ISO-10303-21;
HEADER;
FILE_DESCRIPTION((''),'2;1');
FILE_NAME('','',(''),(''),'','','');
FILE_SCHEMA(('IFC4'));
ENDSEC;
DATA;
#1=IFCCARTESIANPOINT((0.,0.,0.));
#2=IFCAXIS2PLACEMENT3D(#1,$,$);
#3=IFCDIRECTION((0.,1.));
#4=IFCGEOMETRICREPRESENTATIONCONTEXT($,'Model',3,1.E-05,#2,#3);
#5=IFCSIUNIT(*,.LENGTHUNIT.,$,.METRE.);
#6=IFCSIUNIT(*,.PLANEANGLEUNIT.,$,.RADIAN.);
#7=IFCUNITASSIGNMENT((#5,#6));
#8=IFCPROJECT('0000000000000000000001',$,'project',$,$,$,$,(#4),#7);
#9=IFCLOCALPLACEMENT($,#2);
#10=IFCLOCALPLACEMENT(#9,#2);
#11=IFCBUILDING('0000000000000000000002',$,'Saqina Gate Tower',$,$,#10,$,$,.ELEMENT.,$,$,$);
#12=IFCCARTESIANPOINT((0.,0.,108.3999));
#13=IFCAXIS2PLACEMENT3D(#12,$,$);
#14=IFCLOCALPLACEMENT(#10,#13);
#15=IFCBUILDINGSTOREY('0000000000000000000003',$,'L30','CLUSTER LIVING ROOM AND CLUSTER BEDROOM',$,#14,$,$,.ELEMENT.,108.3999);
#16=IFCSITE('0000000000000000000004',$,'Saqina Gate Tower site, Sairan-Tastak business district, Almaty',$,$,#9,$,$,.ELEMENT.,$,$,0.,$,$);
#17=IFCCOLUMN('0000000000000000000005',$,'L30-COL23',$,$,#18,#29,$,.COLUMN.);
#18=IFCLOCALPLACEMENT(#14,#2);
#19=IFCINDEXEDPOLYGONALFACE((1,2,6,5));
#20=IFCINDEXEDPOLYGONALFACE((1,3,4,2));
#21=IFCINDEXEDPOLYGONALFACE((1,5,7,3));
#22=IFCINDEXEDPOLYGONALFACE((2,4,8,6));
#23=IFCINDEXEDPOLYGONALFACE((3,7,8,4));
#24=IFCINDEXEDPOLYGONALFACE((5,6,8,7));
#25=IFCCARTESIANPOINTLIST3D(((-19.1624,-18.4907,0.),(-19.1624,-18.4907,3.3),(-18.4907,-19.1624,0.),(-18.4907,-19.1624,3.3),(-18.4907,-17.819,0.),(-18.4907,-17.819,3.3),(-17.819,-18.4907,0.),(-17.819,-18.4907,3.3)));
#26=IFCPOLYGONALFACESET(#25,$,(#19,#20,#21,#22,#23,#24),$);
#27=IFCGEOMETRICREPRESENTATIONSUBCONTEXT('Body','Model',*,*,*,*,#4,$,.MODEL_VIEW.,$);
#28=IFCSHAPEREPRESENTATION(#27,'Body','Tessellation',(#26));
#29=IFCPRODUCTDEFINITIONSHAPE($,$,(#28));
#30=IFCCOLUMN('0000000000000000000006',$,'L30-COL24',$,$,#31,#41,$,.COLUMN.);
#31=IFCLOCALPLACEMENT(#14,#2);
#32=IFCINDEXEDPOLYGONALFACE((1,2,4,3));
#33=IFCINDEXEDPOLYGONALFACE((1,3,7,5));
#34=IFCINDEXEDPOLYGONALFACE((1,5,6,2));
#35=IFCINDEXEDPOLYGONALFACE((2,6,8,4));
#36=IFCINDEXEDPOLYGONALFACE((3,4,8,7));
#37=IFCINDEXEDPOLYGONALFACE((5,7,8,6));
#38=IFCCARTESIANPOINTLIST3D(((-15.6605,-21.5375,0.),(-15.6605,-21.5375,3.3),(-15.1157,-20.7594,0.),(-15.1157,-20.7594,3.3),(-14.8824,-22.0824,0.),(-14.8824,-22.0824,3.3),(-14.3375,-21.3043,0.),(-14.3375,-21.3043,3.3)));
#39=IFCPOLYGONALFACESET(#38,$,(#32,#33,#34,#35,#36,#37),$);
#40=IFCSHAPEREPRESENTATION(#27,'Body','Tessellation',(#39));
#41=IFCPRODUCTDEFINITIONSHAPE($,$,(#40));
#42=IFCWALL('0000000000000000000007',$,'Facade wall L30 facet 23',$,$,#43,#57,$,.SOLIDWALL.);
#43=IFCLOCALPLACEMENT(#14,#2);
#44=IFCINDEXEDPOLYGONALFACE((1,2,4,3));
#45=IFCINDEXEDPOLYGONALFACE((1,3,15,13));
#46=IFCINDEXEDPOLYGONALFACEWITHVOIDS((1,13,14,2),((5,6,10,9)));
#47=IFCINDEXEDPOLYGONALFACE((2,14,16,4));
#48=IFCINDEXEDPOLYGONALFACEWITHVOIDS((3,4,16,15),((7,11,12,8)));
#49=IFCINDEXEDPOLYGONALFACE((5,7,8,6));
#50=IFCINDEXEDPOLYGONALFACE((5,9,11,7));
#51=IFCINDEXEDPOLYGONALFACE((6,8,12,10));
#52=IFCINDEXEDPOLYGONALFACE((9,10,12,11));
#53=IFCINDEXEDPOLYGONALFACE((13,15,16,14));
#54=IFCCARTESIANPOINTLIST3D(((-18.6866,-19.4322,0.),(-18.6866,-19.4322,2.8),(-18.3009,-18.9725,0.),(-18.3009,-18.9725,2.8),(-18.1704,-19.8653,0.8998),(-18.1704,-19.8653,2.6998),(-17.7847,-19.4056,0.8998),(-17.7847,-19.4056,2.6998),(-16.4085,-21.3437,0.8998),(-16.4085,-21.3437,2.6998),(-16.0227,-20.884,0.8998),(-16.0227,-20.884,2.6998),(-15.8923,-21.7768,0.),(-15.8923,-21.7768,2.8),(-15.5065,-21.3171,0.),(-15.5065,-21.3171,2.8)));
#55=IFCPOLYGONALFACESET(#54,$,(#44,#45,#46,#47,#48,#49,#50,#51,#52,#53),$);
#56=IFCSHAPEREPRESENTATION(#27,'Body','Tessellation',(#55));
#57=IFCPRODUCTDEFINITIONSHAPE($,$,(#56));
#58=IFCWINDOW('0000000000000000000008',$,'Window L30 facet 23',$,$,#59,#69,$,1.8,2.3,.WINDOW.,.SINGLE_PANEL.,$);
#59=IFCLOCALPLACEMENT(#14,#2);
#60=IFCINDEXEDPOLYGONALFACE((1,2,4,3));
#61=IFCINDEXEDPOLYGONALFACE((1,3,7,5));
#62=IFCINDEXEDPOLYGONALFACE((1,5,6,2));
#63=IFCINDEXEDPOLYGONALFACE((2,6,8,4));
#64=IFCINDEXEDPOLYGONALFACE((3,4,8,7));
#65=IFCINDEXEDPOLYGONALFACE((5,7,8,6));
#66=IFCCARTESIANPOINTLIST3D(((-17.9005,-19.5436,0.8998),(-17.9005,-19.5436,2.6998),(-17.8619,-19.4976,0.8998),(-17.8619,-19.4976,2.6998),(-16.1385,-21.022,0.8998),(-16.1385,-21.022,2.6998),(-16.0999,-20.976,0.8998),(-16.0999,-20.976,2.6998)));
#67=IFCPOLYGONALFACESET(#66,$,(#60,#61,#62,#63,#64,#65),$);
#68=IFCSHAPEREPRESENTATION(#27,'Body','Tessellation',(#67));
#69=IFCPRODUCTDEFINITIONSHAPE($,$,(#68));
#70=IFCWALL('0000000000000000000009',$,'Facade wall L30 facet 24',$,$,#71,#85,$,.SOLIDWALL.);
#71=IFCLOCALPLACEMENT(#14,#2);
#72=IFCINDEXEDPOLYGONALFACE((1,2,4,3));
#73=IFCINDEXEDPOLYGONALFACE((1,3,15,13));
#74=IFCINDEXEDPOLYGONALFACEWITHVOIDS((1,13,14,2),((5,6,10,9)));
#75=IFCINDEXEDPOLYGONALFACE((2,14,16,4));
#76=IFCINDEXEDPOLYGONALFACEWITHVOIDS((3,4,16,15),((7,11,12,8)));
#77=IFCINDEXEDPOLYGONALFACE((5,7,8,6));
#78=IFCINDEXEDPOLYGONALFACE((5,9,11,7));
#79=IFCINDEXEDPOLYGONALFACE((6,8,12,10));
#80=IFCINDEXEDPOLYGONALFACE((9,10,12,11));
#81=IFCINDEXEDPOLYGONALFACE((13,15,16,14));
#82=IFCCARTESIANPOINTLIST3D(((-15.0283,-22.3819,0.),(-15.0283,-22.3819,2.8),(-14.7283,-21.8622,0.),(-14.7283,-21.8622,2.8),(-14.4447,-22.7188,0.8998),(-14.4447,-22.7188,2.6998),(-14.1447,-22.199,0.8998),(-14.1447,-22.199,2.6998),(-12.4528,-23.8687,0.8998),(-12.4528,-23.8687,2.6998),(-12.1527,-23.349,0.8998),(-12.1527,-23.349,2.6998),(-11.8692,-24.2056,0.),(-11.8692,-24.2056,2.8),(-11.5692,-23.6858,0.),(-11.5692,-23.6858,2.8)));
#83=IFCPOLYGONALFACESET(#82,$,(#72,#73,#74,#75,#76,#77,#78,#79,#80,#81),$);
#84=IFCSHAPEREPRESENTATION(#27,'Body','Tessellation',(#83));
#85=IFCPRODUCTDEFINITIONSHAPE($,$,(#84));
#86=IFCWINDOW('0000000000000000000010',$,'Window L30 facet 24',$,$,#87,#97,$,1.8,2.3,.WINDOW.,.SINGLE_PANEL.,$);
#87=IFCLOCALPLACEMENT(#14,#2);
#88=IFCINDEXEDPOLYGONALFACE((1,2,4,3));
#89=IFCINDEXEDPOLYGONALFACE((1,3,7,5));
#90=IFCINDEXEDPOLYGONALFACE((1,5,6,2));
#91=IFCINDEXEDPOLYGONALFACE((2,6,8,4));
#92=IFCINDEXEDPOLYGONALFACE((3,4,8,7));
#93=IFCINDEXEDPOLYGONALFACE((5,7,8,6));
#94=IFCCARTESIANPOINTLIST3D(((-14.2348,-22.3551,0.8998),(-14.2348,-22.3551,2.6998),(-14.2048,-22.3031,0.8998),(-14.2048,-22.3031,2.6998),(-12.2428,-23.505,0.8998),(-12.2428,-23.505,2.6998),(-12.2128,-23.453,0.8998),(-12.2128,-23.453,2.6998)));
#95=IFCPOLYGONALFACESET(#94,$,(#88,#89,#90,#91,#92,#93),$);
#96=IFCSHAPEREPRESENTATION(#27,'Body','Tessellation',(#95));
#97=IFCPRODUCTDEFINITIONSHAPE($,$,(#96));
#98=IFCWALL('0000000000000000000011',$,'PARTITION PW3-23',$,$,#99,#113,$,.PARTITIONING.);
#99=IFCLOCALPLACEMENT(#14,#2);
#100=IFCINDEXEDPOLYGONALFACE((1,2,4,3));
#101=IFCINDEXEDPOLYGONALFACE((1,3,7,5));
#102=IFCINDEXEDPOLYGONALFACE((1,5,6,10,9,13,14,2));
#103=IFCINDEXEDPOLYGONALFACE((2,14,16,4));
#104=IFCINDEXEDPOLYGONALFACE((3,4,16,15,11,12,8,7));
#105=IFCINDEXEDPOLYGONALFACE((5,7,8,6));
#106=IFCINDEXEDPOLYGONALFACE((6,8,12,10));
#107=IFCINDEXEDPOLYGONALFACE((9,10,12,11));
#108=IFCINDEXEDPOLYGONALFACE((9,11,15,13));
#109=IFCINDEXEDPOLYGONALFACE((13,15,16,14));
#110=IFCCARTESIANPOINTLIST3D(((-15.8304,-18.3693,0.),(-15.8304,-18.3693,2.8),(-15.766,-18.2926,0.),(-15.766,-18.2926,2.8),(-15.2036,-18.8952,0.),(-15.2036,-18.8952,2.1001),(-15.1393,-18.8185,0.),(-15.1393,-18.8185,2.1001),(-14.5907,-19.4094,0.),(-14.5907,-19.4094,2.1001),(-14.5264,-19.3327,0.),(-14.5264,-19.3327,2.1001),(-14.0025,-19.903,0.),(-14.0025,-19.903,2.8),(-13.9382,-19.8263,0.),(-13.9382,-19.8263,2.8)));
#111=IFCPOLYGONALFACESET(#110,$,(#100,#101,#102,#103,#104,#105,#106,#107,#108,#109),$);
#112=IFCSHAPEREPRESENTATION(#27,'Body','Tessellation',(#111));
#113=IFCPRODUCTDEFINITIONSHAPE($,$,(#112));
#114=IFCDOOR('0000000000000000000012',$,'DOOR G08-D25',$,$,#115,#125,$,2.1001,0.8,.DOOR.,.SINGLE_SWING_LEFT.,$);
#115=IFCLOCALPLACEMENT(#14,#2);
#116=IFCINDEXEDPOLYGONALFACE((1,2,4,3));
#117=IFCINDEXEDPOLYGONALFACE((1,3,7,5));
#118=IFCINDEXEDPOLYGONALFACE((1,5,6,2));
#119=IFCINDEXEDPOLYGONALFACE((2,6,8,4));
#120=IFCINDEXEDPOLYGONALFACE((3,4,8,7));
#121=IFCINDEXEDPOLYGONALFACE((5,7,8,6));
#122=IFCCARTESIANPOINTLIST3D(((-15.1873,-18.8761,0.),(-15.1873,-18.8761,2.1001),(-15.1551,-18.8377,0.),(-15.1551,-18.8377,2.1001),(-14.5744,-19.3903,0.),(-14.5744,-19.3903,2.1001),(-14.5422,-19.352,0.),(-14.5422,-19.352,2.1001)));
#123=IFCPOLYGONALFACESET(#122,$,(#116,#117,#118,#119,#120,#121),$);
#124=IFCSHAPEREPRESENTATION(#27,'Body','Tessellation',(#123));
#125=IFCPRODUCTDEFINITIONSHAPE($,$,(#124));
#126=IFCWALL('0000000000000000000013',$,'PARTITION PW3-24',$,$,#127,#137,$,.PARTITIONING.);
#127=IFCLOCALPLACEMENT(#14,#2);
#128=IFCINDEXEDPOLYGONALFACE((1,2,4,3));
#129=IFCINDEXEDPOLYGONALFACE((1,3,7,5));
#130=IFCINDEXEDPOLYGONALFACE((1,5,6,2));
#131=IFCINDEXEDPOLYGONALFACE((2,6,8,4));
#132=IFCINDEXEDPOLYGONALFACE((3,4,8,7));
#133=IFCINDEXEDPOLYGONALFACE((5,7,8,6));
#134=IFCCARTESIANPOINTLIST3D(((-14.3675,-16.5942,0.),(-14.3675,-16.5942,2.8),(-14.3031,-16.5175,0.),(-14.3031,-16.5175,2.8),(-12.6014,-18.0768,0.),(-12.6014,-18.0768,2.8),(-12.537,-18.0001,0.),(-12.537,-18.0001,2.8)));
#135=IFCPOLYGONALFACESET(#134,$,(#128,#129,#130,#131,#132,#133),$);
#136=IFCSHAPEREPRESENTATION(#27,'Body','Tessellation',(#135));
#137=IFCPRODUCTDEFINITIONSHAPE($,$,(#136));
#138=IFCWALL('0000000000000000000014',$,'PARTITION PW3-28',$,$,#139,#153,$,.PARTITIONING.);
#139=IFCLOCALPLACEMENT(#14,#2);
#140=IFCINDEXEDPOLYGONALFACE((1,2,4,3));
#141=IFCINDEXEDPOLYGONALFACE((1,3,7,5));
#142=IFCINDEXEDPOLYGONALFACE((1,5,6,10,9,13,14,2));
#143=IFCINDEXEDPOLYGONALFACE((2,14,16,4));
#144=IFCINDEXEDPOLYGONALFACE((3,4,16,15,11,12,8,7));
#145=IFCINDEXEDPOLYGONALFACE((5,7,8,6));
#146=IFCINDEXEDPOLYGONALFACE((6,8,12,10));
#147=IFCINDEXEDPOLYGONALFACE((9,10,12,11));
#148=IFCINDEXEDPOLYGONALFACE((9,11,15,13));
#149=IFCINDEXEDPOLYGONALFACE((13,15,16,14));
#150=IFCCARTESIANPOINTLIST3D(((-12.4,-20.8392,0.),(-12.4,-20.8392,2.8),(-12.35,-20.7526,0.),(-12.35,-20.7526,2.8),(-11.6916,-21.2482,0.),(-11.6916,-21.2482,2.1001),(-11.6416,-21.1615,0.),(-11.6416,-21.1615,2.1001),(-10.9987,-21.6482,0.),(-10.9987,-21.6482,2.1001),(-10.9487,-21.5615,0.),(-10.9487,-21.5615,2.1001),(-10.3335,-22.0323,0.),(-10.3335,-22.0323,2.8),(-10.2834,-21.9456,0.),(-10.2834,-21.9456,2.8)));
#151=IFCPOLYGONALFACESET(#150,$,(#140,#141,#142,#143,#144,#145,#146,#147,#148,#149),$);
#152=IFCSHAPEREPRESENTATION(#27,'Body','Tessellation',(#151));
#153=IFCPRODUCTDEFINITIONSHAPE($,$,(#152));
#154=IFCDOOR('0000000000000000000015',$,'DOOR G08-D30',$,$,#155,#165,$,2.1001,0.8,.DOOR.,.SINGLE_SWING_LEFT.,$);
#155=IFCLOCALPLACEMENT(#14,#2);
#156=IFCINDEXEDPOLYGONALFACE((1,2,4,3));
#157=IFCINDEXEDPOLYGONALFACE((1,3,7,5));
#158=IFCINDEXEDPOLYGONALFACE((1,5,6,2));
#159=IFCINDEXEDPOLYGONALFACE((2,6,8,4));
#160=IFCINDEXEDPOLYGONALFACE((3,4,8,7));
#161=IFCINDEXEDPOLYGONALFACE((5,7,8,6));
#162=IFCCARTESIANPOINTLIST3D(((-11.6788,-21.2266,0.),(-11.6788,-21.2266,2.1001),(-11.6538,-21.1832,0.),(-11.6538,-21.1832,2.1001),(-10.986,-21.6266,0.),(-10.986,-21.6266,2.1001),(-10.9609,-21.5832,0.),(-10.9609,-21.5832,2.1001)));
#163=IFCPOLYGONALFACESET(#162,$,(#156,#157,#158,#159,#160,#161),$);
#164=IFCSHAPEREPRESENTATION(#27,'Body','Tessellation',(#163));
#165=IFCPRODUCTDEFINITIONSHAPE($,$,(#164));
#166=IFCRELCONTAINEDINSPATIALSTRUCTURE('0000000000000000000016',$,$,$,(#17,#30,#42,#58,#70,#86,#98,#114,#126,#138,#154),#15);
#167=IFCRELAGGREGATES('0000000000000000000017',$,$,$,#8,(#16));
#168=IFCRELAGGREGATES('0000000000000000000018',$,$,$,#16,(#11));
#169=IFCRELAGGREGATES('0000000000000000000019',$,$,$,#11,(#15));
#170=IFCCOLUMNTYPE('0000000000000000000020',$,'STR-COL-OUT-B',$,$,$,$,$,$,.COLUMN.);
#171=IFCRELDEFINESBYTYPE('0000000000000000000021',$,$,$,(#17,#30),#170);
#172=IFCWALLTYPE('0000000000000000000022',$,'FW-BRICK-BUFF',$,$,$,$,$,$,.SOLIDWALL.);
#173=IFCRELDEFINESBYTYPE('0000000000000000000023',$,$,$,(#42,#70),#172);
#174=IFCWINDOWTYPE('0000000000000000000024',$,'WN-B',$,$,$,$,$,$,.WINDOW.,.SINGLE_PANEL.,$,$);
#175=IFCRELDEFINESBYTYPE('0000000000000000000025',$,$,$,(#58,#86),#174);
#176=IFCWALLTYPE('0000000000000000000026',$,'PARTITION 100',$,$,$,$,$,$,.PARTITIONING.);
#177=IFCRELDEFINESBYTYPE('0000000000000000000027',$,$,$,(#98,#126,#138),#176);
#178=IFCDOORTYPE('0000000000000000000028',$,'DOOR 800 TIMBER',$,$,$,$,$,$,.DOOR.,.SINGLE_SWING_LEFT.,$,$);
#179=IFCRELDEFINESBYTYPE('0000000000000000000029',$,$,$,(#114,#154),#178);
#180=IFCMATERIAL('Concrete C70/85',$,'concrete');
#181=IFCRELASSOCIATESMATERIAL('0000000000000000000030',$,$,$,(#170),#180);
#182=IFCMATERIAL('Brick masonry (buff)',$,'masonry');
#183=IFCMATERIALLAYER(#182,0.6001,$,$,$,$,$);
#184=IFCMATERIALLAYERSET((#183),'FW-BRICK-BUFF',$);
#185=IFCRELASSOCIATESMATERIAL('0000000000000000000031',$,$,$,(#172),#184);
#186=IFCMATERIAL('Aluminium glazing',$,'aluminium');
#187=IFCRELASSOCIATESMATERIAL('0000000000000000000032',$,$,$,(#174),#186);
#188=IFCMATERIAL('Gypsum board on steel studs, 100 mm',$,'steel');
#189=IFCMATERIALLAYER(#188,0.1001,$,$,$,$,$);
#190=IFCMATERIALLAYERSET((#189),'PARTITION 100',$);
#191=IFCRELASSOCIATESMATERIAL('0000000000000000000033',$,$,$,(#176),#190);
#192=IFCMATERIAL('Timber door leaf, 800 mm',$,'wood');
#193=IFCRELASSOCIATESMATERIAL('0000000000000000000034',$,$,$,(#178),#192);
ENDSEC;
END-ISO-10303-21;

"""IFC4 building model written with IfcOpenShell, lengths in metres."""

from ifc_helpers import new_model, si_unit, direction, frame, frame_2d, origin, origin_2d, place, context, subcontext, project, spatial, rectangle, extrude, material, layer, layer_set, material_profile, profile_set, type_object, element, fill, save


model = new_model("IFC4")

# Units and contexts
model_context = context("Model", 3, precision=1e-05, world=origin(), true_north=direction((0.0, 1.0)))
body_context = subcontext(model_context, "Body", "Model", "MODEL_VIEW")
ifc_project = project(units=[si_unit("LENGTHUNIT", "METRE"), si_unit("PLANEANGLEUNIT", "RADIAN")], contexts=[model_context])

# Site, building, storey
site_placement = place(None, origin())
site = spatial("IfcSite", under=ifc_project, at=site_placement, Name="Saqina Gate Tower site, Sairan-Tastak business district, Almaty", CompositionType="ELEMENT", RefElevation=0.0)
building_placement = place(site_placement, origin())
building = spatial("IfcBuilding", under=site, at=building_placement, Name="Saqina Gate Tower", CompositionType="ELEMENT")
storey_placement = place(building_placement, frame((0.0, 0.0, 108.3999)))
storey = spatial("IfcBuildingStorey", under=building, at=storey_placement, Name="L30", Description="CLUSTER LIVING ROOM AND CLUSTER BEDROOM", CompositionType="ELEMENT", Elevation=108.3999)

# Columns
ifc_material_1 = material(Name="Concrete C70/85", Category="concrete")
ifc_material_profile = material_profile(ifc_material_1, rectangle(XDim=0.95, YDim=0.95, at=origin_2d()), Name="RC 950x950")
ifc_profile_set = profile_set([ifc_material_profile], Name="Concrete C70/85")
column_type = type_object("IfcColumnType", Name="STR-COL-OUT-B", PredefinedType="COLUMN", material=ifc_profile_set)
for number, where, z_axis, x_axis, name in (
    (1, (-18.4907, -18.4907, 0.0), (0.0, 0.0, 1.0), (-0.707107, -0.707107, 0.0), "L30-COL23"),
    (2, (-14.999, -21.4209, 0.0), (0.0, 0.0, 1.0), (-0.573576, -0.819152, 0.0), "L30-COL24"),
):
    element("IfcColumn", number, at=place(storey_placement, frame(where, z_axis=z_axis, x_axis=x_axis)), inside=storey, type_object=column_type, Name=name, PredefinedType="COLUMN", context=body_context, shape_type="SweptSolid", body=[
        extrude(rectangle(XDim=0.95, YDim=0.95, at=origin_2d()), origin(), (0.0, 0.0, 1.0), 3.3),
    ])

# Walls, openings, windows
ifc_material_2 = material(Name="Brick masonry (buff)", Category="masonry")
ifc_layer_1 = layer(ifc_material_2, 0.6001)
ifc_layer_set_1 = layer_set([ifc_layer_1], Name="FW-BRICK-BUFF")
wall_type_1 = type_object("IfcWallType", Name="FW-BRICK-BUFF", PredefinedType="SOLIDWALL", material=ifc_layer_set_1)
wall_1_placement = place(storey_placement, frame((-18.4937, -19.2024, 0.0), z_axis=(0.0, 0.0, 1.0), x_axis=(0.766055, -0.642774, 0.0)))
wall_1 = element("IfcWall", 3, at=wall_1_placement, inside=storey, type_object=wall_type_1, Name="Facade wall L30 facet 23", PredefinedType="SOLIDWALL", context=body_context, shape_type="SweptSolid", body=[
    extrude(rectangle(XDim=3.6477, YDim=0.6001, at=frame_2d((1.8237, 0.0))), origin(), (0.0, 0.0, 1.0), 2.8),
])
opening_1_placement = place(wall_1_placement, frame((0.6738, 0.0, 0.8999)))
opening_1 = element("IfcOpeningElement", 4, at=opening_1_placement, cuts=wall_1, PredefinedType="OPENING", context=body_context, shape_type="SweptSolid", body=[
    extrude(rectangle(XDim=2.3, YDim=1.8, at=frame_2d((1.1499, 0.8999))), frame((0.0, 0.312, 0.0), z_axis=(0.0, -1.0, 0.0), x_axis=(1.0, 0.0, 0.0)), (0.0, 0.0, 1.0), 0.624),
])
ifc_material_3 = material(Name="Aluminium glazing", Category="aluminium")
window_type = type_object("IfcWindowType", Name="WN-B", PartitioningType="SINGLE_PANEL", PredefinedType="WINDOW", material=ifc_material_3)
window_1_placement = place(opening_1_placement, origin())
window_1 = element("IfcWindow", 5, at=window_1_placement, inside=storey, type_object=window_type, Name="Window L30 facet 23", OverallHeight=1.8, OverallWidth=2.3, PartitioningType="SINGLE_PANEL", PredefinedType="WINDOW", context=body_context, shape_type="SweptSolid", body=[
    extrude(rectangle(XDim=2.3, YDim=1.8, at=frame_2d((1.1499, 0.8999))), frame((0.0, 0.1799, 0.0), z_axis=(0.0, -1.0, 0.0), x_axis=(1.0, 0.0, 0.0)), (0.0, 0.0, 1.0), 0.0601),
])
fill(opening_1, window_1)
wall_2_placement = place(storey_placement, frame((-14.8782, -22.1221, 0.0), z_axis=(0.0, 0.0, 1.0), x_axis=(0.866052, -0.499954, 0.0)))
wall_2 = element("IfcWall", 6, at=wall_2_placement, inside=storey, type_object=wall_type_1, Name="Facade wall L30 facet 24", PredefinedType="SOLIDWALL", context=body_context, shape_type="SweptSolid", body=[
    extrude(rectangle(XDim=3.6477, YDim=0.6001, at=frame_2d((1.8237, 0.0))), origin(), (0.0, 0.0, 1.0), 2.8),
])
opening_2_placement = place(wall_2_placement, frame((0.6738, 0.0, 0.8999)))
opening_2 = element("IfcOpeningElement", 7, at=opening_2_placement, cuts=wall_2, PredefinedType="OPENING", context=body_context, shape_type="SweptSolid", body=[
    extrude(rectangle(XDim=2.3, YDim=1.8, at=frame_2d((1.1499, 0.8999))), frame((0.0, 0.312, 0.0), z_axis=(0.0, -1.0, 0.0), x_axis=(1.0, 0.0, 0.0)), (0.0, 0.0, 1.0), 0.624),
])
window_2_placement = place(opening_2_placement, origin())
window_2 = element("IfcWindow", 8, at=window_2_placement, inside=storey, type_object=window_type, Name="Window L30 facet 24", OverallHeight=1.8, OverallWidth=2.3, PartitioningType="SINGLE_PANEL", PredefinedType="WINDOW", context=body_context, shape_type="SweptSolid", body=[
    extrude(rectangle(XDim=2.3, YDim=1.8, at=frame_2d((1.1499, 0.8999))), frame((0.0, 0.1799, 0.0), z_axis=(0.0, -1.0, 0.0), x_axis=(1.0, 0.0, 0.0)), (0.0, 0.0, 1.0), 0.0601),
])
fill(opening_2, window_2)

# Wall, opening, door
ifc_material_4 = material(Name="Gypsum board on steel studs, 100 mm", Category="steel")
ifc_layer_2 = layer(ifc_material_4, 0.1001)
ifc_layer_set_2 = layer_set([ifc_layer_2], Name="PARTITION 100")
wall_type_2 = type_object("IfcWallType", Name="PARTITION 100", PredefinedType="PARTITIONING", material=ifc_layer_set_2)
wall_3_placement = place(storey_placement, frame((-15.7981, -18.3311, 0.0), z_axis=(0.0, 0.0, 1.0), x_axis=(0.766062, -0.642767, 0.0)))
wall_3 = element("IfcWall", 9, at=wall_3_placement, inside=storey, type_object=wall_type_2, Name="PARTITION PW3-23", PredefinedType="PARTITIONING", context=body_context, shape_type="SweptSolid", body=[
    extrude(rectangle(XDim=2.386, YDim=0.1001, at=frame_2d((1.1929, 0.0))), origin(), (0.0, 0.0, 1.0), 2.8),
])
opening_3_placement = place(wall_3_placement, frame((0.8181, 0.0, 0.0)))
opening_3 = element("IfcOpeningElement", 10, at=opening_3_placement, cuts=wall_3, PredefinedType="OPENING", context=body_context, shape_type="SweptSolid", body=[
    extrude(rectangle(XDim=0.8, YDim=2.1001, at=frame_2d((0.3999, 1.05))), frame((0.0, 0.062, 0.0), z_axis=(0.0, -1.0, 0.0), x_axis=(1.0, 0.0, 0.0)), (0.0, 0.0, 1.0), 0.124),
])
ifc_material_5 = material(Name="Timber door leaf, 800 mm", Category="wood")
door_type_1 = type_object("IfcDoorType", Name="DOOR 800 TIMBER", OperationType="SINGLE_SWING_LEFT", PredefinedType="DOOR", material=ifc_material_5)
door_1_placement = place(opening_3_placement, frame((0.8, 0.0, 0.0), z_axis=(0.0, 0.0, 1.0), x_axis=(-1.0, 0.0, 0.0)))
door_1 = element("IfcDoor", 11, at=door_1_placement, inside=storey, type_object=door_type_1, Name="DOOR G08-D25", OperationType="SINGLE_SWING_LEFT", OverallHeight=2.1001, OverallWidth=0.8, PredefinedType="DOOR", context=body_context, shape_type="SweptSolid", body=[
    extrude(rectangle(XDim=0.8, YDim=2.1001, at=frame_2d((0.3999, 1.05))), frame((0.0, 0.0249, 0.0), z_axis=(0.0, -1.0, 0.0), x_axis=(1.0, 0.0, 0.0)), (0.0, 0.0, 1.0), 0.05),
])
fill(opening_3, door_1)

# Wall
wall_4_placement = place(storey_placement, frame((-14.3352, -16.5559, 0.0), z_axis=(0.0, 0.0, 1.0), x_axis=(0.76589, -0.642971, 0.0)))
element("IfcWall", 12, at=wall_4_placement, inside=storey, type_object=wall_type_2, Name="PARTITION PW3-24", PredefinedType="PARTITIONING", context=body_context, shape_type="SweptSolid", body=[
    extrude(rectangle(XDim=2.3059, YDim=0.1001, at=frame_2d((1.1528, 0.0))), origin(), (0.0, 0.0, 1.0), 2.8),
])

# Wall, opening, door
wall_5_placement = place(storey_placement, frame((-12.375, -20.7959, 0.0), z_axis=(0.0, 0.0, 1.0), x_axis=(0.866037, -0.499979, 0.0)))
wall_5 = element("IfcWall", 13, at=wall_5_placement, inside=storey, type_object=wall_type_2, Name="PARTITION PW3-28", PredefinedType="PARTITIONING", context=body_context, shape_type="SweptSolid", body=[
    extrude(rectangle(XDim=2.3862, YDim=0.1001, at=frame_2d((1.1931, 0.0))), origin(), (0.0, 0.0, 1.0), 2.8),
])
opening_4_placement = place(wall_5_placement, frame((0.8181, 0.0, 0.0)))
opening_4 = element("IfcOpeningElement", 14, at=opening_4_placement, cuts=wall_5, PredefinedType="OPENING", context=body_context, shape_type="SweptSolid", body=[
    extrude(rectangle(XDim=0.8, YDim=2.1001, at=frame_2d((0.3999, 1.05))), frame((0.0, 0.062, 0.0), z_axis=(0.0, -1.0, 0.0), x_axis=(1.0, 0.0, 0.0)), (0.0, 0.0, 1.0), 0.124),
])
door_2_placement = place(opening_4_placement, frame((0.8, 0.0, 0.0), z_axis=(0.0, 0.0, 1.0), x_axis=(-1.0, 0.0, 0.0)))
door_2 = element("IfcDoor", 15, at=door_2_placement, inside=storey, type_object=door_type_1, Name="DOOR G08-D30", OperationType="SINGLE_SWING_LEFT", OverallHeight=2.1001, OverallWidth=0.8, PredefinedType="DOOR", context=body_context, shape_type="SweptSolid", body=[
    extrude(rectangle(XDim=0.8, YDim=2.1001, at=frame_2d((0.3999, 1.05))), frame((0.0, 0.0249, 0.0), z_axis=(0.0, -1.0, 0.0), x_axis=(1.0, 0.0, 0.0)), (0.0, 0.0, 1.0), 0.05),
])
fill(opening_4, door_2)

save(model, "model.ifc")
